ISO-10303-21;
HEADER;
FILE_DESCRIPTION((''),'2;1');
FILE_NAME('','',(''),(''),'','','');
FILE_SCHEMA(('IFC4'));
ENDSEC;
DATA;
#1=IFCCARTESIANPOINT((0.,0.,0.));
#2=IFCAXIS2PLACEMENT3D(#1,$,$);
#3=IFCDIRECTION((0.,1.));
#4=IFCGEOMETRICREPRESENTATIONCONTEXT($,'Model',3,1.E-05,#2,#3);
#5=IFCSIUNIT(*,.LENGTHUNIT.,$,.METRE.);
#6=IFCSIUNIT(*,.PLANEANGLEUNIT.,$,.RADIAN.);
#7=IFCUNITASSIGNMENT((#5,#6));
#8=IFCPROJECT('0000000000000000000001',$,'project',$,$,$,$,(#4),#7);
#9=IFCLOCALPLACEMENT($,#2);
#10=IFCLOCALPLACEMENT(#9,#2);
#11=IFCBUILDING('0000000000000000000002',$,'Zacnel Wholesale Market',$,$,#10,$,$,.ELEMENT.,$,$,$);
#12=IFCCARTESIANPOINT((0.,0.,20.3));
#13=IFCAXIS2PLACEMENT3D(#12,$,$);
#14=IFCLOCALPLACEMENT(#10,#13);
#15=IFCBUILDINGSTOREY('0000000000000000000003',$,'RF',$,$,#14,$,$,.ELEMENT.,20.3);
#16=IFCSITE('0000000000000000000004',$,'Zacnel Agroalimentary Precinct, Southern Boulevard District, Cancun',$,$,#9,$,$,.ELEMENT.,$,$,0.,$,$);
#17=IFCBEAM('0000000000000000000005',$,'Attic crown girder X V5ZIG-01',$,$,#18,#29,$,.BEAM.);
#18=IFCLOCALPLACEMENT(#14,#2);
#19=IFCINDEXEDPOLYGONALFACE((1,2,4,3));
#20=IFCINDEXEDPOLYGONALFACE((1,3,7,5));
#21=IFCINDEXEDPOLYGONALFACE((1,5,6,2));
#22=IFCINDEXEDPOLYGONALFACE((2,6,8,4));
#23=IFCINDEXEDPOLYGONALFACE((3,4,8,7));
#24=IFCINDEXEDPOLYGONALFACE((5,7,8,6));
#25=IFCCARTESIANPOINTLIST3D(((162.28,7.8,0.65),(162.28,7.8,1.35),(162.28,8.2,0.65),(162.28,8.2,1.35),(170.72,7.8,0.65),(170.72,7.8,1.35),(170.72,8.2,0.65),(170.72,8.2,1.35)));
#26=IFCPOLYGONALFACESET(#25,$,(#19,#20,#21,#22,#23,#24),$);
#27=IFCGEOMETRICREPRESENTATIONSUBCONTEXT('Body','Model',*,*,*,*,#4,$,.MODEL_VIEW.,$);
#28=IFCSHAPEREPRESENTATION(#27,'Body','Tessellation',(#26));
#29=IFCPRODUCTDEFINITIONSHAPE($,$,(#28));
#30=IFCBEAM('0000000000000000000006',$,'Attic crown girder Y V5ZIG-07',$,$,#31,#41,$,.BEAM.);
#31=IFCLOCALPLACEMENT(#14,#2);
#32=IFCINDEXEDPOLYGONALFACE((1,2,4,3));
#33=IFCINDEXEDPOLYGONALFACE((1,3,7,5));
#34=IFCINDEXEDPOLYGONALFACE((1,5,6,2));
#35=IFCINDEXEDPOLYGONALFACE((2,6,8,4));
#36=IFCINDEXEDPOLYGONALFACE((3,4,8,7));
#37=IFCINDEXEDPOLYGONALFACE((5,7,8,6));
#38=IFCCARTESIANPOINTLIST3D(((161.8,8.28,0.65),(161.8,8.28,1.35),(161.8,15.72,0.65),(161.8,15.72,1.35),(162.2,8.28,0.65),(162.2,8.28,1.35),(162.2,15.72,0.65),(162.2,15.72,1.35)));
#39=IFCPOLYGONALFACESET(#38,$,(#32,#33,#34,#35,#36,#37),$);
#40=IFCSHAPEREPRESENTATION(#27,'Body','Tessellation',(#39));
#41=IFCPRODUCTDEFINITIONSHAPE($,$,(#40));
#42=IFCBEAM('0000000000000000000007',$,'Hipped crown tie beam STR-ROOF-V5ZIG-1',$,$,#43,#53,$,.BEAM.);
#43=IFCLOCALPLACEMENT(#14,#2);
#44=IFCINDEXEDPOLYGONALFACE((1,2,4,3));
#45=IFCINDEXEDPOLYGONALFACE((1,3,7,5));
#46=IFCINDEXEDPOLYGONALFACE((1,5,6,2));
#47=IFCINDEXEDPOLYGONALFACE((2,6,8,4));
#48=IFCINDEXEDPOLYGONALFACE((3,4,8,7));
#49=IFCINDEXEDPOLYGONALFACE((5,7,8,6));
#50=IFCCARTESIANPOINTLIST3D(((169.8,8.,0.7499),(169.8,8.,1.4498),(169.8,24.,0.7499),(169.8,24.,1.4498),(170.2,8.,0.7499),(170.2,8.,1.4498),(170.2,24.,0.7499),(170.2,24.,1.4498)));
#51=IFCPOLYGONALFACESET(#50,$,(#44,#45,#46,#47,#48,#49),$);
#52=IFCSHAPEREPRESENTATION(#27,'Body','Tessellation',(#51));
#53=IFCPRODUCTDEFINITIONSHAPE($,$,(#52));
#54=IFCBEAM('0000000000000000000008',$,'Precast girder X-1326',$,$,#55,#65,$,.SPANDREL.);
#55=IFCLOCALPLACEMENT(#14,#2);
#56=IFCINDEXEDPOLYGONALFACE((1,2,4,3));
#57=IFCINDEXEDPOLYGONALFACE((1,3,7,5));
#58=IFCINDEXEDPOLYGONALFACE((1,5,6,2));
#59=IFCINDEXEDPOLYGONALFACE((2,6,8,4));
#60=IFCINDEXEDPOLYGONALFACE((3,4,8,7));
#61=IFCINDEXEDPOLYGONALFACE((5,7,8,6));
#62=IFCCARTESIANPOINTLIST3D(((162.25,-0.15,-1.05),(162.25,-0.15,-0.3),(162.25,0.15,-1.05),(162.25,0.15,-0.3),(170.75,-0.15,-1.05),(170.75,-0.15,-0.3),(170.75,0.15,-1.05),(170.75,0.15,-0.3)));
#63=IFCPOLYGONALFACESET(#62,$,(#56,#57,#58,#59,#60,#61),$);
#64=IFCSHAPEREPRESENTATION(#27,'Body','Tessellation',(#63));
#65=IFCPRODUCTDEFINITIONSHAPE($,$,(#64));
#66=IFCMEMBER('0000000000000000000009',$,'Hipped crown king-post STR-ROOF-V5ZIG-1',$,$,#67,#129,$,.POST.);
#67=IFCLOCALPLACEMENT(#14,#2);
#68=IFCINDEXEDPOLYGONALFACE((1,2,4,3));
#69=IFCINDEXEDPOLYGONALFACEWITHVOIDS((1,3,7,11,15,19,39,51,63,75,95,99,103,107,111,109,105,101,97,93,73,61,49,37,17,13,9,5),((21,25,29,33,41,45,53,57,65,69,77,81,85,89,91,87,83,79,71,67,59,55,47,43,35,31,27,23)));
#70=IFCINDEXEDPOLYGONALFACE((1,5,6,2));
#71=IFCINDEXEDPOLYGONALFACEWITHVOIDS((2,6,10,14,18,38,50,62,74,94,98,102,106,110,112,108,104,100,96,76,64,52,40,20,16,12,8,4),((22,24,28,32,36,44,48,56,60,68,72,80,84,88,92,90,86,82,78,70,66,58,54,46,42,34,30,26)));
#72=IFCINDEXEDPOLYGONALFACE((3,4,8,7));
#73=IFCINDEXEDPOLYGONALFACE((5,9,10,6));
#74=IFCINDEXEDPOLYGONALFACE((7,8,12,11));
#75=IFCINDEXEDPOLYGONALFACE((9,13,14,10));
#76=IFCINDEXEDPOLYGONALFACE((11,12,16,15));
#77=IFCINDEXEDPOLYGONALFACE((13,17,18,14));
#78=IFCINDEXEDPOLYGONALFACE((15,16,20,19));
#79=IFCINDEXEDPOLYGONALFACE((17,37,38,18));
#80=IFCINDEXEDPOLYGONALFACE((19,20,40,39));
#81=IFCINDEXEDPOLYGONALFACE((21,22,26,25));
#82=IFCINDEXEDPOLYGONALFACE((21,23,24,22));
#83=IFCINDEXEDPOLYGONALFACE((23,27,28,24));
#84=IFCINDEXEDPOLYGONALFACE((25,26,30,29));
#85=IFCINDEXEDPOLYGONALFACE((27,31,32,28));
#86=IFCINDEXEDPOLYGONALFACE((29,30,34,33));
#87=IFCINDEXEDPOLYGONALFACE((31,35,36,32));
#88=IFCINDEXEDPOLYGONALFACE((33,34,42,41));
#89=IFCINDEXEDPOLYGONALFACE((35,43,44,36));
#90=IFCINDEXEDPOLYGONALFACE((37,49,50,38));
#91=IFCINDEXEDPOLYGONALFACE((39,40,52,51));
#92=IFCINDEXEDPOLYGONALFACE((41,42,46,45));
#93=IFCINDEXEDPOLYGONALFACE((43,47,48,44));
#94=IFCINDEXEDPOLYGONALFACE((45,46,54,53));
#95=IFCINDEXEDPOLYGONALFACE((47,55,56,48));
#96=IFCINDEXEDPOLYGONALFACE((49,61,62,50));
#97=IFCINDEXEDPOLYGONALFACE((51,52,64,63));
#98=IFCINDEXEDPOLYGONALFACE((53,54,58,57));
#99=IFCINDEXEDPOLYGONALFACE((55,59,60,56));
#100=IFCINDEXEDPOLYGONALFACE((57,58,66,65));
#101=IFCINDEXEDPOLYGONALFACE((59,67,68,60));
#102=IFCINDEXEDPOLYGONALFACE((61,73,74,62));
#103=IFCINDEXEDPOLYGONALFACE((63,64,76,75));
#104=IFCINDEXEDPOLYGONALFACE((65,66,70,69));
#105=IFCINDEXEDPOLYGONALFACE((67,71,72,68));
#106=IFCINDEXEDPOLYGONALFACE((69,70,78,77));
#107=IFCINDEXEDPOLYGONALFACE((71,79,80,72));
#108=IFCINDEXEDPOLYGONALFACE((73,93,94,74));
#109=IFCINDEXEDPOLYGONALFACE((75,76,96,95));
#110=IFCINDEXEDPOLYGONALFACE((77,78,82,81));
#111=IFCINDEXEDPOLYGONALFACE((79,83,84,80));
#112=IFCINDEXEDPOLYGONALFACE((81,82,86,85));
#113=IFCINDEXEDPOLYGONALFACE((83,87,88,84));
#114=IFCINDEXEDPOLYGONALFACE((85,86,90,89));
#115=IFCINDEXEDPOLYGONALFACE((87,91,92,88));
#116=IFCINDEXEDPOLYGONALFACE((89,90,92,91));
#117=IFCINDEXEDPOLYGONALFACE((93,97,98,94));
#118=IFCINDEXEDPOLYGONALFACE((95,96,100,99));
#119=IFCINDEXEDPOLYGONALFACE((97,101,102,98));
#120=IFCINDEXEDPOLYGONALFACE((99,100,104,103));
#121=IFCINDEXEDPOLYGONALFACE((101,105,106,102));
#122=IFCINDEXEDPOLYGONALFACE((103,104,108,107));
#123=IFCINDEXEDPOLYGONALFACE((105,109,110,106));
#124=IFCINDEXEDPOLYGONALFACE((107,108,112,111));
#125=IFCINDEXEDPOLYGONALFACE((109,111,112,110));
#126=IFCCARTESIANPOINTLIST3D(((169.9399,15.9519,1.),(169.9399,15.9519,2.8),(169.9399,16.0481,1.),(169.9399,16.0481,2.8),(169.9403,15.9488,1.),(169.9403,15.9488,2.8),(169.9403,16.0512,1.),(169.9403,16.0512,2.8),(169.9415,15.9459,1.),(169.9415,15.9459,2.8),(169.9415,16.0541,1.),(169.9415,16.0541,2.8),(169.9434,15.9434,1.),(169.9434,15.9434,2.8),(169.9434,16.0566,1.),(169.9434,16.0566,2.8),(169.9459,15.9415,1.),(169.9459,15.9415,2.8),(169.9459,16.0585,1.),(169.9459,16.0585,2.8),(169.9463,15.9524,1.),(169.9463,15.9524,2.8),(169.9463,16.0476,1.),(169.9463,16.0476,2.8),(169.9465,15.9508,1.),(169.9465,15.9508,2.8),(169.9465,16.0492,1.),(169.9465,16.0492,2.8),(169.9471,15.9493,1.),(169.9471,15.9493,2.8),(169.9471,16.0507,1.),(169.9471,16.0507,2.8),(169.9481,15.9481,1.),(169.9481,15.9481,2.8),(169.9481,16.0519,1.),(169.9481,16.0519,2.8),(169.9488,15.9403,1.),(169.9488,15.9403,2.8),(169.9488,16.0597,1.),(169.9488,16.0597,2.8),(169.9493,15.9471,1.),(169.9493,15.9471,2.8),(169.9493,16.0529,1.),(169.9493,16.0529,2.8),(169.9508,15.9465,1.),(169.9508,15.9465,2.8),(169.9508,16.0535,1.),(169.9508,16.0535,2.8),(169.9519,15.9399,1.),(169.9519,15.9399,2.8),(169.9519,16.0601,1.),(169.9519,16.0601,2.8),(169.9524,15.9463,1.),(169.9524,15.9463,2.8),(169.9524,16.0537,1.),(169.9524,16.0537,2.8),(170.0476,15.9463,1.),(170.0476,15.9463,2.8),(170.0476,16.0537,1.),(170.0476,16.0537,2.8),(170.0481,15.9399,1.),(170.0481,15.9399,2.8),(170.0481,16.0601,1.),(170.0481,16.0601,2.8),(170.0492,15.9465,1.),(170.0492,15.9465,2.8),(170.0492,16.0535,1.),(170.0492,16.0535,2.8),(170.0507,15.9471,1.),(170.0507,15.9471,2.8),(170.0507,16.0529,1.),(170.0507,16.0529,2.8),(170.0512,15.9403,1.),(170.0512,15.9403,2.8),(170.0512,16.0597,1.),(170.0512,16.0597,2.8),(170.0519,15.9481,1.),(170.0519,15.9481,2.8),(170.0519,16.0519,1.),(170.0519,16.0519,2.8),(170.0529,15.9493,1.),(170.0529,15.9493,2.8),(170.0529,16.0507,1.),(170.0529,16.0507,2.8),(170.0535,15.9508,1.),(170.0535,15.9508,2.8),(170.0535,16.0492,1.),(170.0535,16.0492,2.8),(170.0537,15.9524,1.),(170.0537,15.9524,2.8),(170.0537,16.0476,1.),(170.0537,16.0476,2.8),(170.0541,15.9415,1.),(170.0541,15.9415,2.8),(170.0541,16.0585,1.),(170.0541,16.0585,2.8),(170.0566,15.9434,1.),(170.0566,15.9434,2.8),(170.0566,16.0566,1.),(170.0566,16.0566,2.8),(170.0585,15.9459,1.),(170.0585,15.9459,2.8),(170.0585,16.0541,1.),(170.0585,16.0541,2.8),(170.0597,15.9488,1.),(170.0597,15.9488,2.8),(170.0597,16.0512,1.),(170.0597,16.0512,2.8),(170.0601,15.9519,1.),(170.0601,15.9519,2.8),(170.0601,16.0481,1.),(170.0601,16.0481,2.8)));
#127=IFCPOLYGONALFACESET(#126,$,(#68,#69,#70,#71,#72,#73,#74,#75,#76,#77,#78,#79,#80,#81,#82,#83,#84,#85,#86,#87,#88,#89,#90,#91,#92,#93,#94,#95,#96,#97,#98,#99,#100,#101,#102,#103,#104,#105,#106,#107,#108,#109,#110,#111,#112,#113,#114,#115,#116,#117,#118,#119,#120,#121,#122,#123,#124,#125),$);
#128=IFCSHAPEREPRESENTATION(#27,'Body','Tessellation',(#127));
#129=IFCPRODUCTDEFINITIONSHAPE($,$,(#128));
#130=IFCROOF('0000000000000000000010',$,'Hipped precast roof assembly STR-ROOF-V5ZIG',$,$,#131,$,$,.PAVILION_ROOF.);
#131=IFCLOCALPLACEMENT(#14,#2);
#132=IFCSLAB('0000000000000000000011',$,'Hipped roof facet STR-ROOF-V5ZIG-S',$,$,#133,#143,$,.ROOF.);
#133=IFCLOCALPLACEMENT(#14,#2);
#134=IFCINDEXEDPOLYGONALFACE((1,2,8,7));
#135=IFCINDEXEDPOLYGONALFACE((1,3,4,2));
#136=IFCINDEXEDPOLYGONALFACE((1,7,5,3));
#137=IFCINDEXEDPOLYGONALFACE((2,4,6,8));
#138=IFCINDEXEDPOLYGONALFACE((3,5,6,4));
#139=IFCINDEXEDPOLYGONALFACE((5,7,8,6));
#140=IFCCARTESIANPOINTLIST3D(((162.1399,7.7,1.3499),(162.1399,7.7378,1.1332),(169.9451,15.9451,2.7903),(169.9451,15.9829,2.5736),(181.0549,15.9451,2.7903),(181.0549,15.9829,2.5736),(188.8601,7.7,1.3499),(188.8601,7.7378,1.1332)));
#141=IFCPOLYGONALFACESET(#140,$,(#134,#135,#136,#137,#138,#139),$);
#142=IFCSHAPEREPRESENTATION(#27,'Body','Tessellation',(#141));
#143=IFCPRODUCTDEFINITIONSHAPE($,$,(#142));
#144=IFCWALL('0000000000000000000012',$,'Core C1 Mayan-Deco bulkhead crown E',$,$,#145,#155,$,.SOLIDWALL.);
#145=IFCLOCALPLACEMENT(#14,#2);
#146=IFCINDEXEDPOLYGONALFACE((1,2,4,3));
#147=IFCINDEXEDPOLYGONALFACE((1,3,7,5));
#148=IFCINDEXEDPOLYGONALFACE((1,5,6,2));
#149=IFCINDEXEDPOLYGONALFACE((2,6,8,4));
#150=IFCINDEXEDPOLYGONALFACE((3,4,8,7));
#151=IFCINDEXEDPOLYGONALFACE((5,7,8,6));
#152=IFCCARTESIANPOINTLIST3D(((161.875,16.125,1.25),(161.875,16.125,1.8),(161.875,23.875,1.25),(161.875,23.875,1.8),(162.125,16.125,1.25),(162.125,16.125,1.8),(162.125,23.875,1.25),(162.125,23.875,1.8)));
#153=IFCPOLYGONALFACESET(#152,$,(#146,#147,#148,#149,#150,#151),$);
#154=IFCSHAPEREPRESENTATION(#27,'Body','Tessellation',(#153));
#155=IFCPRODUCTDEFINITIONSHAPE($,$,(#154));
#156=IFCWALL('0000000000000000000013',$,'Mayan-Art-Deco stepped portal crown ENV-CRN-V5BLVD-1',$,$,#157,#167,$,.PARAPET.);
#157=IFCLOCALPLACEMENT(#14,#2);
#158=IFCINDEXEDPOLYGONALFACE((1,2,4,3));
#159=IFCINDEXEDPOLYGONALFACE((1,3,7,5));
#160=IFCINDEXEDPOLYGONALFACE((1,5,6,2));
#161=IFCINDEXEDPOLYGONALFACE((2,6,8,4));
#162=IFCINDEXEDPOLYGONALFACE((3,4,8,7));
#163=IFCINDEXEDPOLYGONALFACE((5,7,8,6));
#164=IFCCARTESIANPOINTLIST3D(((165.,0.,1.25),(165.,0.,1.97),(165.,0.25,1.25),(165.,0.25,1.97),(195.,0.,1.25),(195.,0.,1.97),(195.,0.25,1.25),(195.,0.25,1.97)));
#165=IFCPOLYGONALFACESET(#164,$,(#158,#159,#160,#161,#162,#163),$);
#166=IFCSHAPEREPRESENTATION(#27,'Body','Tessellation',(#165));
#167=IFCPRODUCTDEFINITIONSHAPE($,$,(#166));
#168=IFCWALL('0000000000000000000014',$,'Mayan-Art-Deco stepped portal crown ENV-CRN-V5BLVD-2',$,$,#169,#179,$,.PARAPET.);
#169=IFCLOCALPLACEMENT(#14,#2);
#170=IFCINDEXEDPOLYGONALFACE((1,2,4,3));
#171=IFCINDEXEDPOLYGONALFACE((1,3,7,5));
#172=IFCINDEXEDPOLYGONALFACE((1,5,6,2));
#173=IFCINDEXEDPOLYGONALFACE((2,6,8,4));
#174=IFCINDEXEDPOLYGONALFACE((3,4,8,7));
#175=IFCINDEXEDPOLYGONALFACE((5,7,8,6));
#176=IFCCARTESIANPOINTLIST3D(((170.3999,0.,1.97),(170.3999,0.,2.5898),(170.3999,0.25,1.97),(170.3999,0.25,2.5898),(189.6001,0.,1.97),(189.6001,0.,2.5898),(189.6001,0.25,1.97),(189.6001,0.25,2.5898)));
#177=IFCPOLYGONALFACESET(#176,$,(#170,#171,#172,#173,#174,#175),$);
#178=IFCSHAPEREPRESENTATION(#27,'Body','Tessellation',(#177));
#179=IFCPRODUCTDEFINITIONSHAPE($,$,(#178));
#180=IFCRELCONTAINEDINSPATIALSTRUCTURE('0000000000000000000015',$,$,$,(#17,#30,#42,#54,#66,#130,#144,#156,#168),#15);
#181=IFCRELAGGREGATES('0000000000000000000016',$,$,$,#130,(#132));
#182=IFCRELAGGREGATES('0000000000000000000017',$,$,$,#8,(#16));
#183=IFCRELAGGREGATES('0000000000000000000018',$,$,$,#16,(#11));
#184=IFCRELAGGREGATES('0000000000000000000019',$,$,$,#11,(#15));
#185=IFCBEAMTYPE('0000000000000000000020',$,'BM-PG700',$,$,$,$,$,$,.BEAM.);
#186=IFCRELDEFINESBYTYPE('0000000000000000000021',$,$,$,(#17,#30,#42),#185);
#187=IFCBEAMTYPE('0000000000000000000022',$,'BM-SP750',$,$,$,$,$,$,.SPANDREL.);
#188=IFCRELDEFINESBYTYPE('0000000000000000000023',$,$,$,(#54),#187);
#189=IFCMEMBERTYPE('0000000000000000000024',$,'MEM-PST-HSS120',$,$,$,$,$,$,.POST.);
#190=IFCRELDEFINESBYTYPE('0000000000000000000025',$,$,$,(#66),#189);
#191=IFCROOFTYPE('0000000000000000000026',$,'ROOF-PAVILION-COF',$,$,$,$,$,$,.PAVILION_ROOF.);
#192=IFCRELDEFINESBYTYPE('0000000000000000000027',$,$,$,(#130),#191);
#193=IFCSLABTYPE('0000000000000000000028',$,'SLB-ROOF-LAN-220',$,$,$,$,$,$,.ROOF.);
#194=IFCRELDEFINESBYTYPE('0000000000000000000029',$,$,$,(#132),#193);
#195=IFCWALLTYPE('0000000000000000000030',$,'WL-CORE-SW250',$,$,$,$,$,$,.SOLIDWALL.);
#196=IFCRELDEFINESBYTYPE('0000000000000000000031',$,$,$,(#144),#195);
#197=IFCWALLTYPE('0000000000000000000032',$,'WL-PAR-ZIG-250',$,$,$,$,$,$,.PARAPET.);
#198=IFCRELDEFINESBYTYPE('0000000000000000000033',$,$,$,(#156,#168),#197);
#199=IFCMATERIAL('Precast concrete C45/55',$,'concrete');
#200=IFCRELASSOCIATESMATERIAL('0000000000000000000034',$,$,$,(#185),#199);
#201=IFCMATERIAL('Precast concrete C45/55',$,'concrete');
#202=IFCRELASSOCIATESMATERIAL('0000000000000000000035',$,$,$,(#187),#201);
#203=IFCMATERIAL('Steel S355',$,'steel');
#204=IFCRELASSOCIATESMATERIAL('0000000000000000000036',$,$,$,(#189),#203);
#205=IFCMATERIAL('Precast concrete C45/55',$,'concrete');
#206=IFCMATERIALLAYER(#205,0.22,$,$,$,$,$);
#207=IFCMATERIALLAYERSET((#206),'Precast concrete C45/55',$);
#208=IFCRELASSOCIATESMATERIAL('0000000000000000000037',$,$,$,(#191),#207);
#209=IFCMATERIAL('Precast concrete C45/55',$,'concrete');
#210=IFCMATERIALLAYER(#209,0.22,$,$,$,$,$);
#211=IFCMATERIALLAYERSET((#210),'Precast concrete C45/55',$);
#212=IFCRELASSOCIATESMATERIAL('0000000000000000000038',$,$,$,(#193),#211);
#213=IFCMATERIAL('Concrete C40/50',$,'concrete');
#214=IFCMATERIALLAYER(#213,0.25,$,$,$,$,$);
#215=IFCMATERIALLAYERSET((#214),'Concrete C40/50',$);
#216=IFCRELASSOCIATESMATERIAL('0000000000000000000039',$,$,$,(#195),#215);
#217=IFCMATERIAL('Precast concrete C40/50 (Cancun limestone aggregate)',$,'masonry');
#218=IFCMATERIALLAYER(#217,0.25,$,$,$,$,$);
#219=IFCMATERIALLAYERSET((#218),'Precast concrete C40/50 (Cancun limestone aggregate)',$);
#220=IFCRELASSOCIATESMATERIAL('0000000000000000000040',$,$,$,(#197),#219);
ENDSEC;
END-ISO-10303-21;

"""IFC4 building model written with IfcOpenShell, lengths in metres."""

from ifc_helpers import new_model, si_unit, direction, frame, frame_2d, origin, origin_2d, place, context, subcontext, project, spatial, polyline, rectangle, hollow_rectangle, outline, extrude, material, layer, layer_set, material_profile, profile_set, type_object, element, aggregate, save


model = new_model("IFC4")

# Units and contexts
model_context = context("Model", 3, precision=1e-05, world=origin(), true_north=direction((0.0, 1.0)))
body_context = subcontext(model_context, "Body", "Model", "MODEL_VIEW")
ifc_project = project(units=[si_unit("LENGTHUNIT", "METRE"), si_unit("PLANEANGLEUNIT", "RADIAN")], contexts=[model_context])

# Site, building, storey
site_placement = place(None, origin())
site = spatial("IfcSite", under=ifc_project, at=site_placement, Name="Zacnel Agroalimentary Precinct, Southern Boulevard District, Cancun", CompositionType="ELEMENT", RefElevation=0.0)
building_placement = place(site_placement, origin())
building = spatial("IfcBuilding", under=site, at=building_placement, Name="Zacnel Wholesale Market", CompositionType="ELEMENT")
storey_placement = place(building_placement, frame((0.0, 0.0, 20.3)))
storey = spatial("IfcBuildingStorey", under=building, at=storey_placement, Name="RF", CompositionType="ELEMENT", Elevation=20.3)

# Beams
ifc_material_1 = material(Name="Precast concrete C45/55", Category="concrete")
ifc_material_profile_1 = material_profile(ifc_material_1, rectangle(XDim=0.3999, YDim=0.7, at=origin_2d()), Name="PG 400x700")
ifc_profile_set_1 = profile_set([ifc_material_profile_1], Name="Precast concrete C45/55")
beam_type_1 = type_object("IfcBeamType", Name="BM-PG700", PredefinedType="BEAM", material=ifc_profile_set_1)
beam_1_placement = place(storey_placement, frame((162.28, 8.0, 1.0), z_axis=(1.0, 0.0, 0.0), x_axis=(0.0, 1.0, 0.0)))
element("IfcBeam", 1, at=beam_1_placement, inside=storey, type_object=beam_type_1, Name="Attic crown girder X V5ZIG-01", PredefinedType="BEAM", context=body_context, shape_type="SweptSolid", body=[
    extrude(rectangle(XDim=0.3999, YDim=0.7, at=origin_2d()), origin(), (0.0, 0.0, 1.0), 8.4399),
])
beam_2_placement = place(storey_placement, frame((162.0, 8.28, 1.0), z_axis=(0.0, 1.0, 0.0), x_axis=(-1.0, 0.0, 0.0)))
element("IfcBeam", 2, at=beam_2_placement, inside=storey, type_object=beam_type_1, Name="Attic crown girder Y V5ZIG-07", PredefinedType="BEAM", context=body_context, shape_type="SweptSolid", body=[
    extrude(rectangle(XDim=0.3999, YDim=0.7, at=origin_2d()), origin(), (0.0, 0.0, 1.0), 7.4399),
])
beam_3_placement = place(storey_placement, frame((170.0, 8.0, 1.0999), z_axis=(0.0, 1.0, 0.0), x_axis=(-1.0, 0.0, 0.0)))
element("IfcBeam", 3, at=beam_3_placement, inside=storey, type_object=beam_type_1, Name="Hipped crown tie beam STR-ROOF-V5ZIG-1", PredefinedType="BEAM", context=body_context, shape_type="SweptSolid", body=[
    extrude(rectangle(XDim=0.3999, YDim=0.7, at=origin_2d()), origin(), (0.0, 0.0, 1.0), 16.0),
])
ifc_material_2 = material(Name="Precast concrete C45/55", Category="concrete")
ifc_material_profile_2 = material_profile(ifc_material_2, rectangle(XDim=0.3, YDim=0.75, at=origin_2d()), Name="SP 300x750")
ifc_profile_set_2 = profile_set([ifc_material_profile_2], Name="Precast concrete C45/55")
beam_type_2 = type_object("IfcBeamType", Name="BM-SP750", PredefinedType="SPANDREL", material=ifc_profile_set_2)
beam_4_placement = place(storey_placement, frame((162.25, 0.0, -0.675), z_axis=(1.0, 0.0, 0.0), x_axis=(0.0, 1.0, 0.0)))
element("IfcBeam", 4, at=beam_4_placement, inside=storey, type_object=beam_type_2, Name="Precast girder X-1326", PredefinedType="SPANDREL", context=body_context, shape_type="SweptSolid", body=[
    extrude(rectangle(XDim=0.3, YDim=0.75, at=origin_2d()), origin(), (0.0, 0.0, 1.0), 8.5),
])

# Member
ifc_material_3 = material(Name="Steel S355", Category="steel")
ifc_material_profile_3 = material_profile(ifc_material_3, hollow_rectangle(XDim=0.1201, YDim=0.1201, WallThickness=0.0063, InnerFilletRadius=0.0061, OuterFilletRadius=0.012, at=origin_2d()), Name="HSS 120x120x6.3")
ifc_profile_set_3 = profile_set([ifc_material_profile_3], Name="Steel S355")
member_type = type_object("IfcMemberType", Name="MEM-PST-HSS120", PredefinedType="POST", material=ifc_profile_set_3)
member_placement = place(storey_placement, frame((170.0, 16.0, 1.0), z_axis=(0.0, 0.0, 1.0), x_axis=(1.0, 0.0, 0.0)))
element("IfcMember", 5, at=member_placement, inside=storey, type_object=member_type, Name="Hipped crown king-post STR-ROOF-V5ZIG-1", PredefinedType="POST", context=body_context, shape_type="SweptSolid", body=[
    extrude(hollow_rectangle(XDim=0.1201, YDim=0.1201, WallThickness=0.0063, InnerFilletRadius=0.0061, OuterFilletRadius=0.012, at=origin_2d()), origin(), (0.0, 0.0, 1.0), 1.8),
])

# Roof, slab
ifc_material_4 = material(Name="Precast concrete C45/55", Category="concrete")
ifc_layer_1 = layer(ifc_material_4, 0.22)
ifc_layer_set_1 = layer_set([ifc_layer_1], Name="Precast concrete C45/55")
roof_type = type_object("IfcRoofType", Name="ROOF-PAVILION-COF", PredefinedType="PAVILION_ROOF", material=ifc_layer_set_1)
roof_placement = place(storey_placement, origin())
roof = element("IfcRoof", 6, at=roof_placement, inside=storey, type_object=roof_type, Name="Hipped precast roof assembly STR-ROOF-V5ZIG", PredefinedType="PAVILION_ROOF")
ifc_material_5 = material(Name="Precast concrete C45/55", Category="concrete")
ifc_layer_2 = layer(ifc_material_5, 0.22)
ifc_layer_set_2 = layer_set([ifc_layer_2], Name="Precast concrete C45/55")
slab_type = type_object("IfcSlabType", Name="SLB-ROOF-LAN-220", PredefinedType="ROOF", material=ifc_layer_set_2)
slab_placement = place(storey_placement, frame((162.1399, 7.7, 1.3499), z_axis=(0.0, -0.172094, 0.98508), x_axis=(1.0, 0.0, 0.0)))
slab = element("IfcSlab", 7, at=slab_placement, type_object=slab_type, Name="Hipped roof facet STR-ROOF-V5ZIG-S", PredefinedType="ROOF", context=body_context, shape_type="SweptSolid", body=[
    extrude(outline(polyline([(0.0, 0.0), (26.7202, 0.0), (18.915, 8.37), (7.8052, 8.37), (0.0, 0.0)])), origin(), (0.0, 0.0, -1.0), 0.22),
])
aggregate(roof, [slab])

# Walls
ifc_material_6 = material(Name="Concrete C40/50", Category="concrete")
ifc_layer_3 = layer(ifc_material_6, 0.25)
ifc_layer_set_3 = layer_set([ifc_layer_3], Name="Concrete C40/50")
wall_type_1 = type_object("IfcWallType", Name="WL-CORE-SW250", PredefinedType="SOLIDWALL", material=ifc_layer_set_3)
wall_1_placement = place(storey_placement, frame((162.0, 16.125, 1.25), z_axis=(0.0, 0.0, 1.0), x_axis=(0.0, 1.0, 0.0)))
element("IfcWall", 8, at=wall_1_placement, inside=storey, type_object=wall_type_1, Name="Core C1 Mayan-Deco bulkhead crown E", PredefinedType="SOLIDWALL", context=body_context, shape_type="SweptSolid", body=[
    extrude(rectangle(XDim=7.75, YDim=0.25, at=frame_2d((3.875, 0.0))), origin(), (0.0, 0.0, 1.0), 0.55),
])
ifc_material_7 = material(Name="Precast concrete C40/50 (Cancun limestone aggregate)", Category="masonry")
ifc_layer_4 = layer(ifc_material_7, 0.25)
ifc_layer_set_4 = layer_set([ifc_layer_4], Name="Precast concrete C40/50 (Cancun limestone aggregate)")
wall_type_2 = type_object("IfcWallType", Name="WL-PAR-ZIG-250", PredefinedType="PARAPET", material=ifc_layer_set_4)
wall_2_placement = place(storey_placement, frame((165.0, 0.125, 1.25), z_axis=(0.0, 0.0, 1.0), x_axis=(1.0, 0.0, 0.0)))
element("IfcWall", 9, at=wall_2_placement, inside=storey, type_object=wall_type_2, Name="Mayan-Art-Deco stepped portal crown ENV-CRN-V5BLVD-1", PredefinedType="PARAPET", context=body_context, shape_type="SweptSolid", body=[
    extrude(rectangle(XDim=30.0, YDim=0.25, at=frame_2d((15.0, 0.0))), origin(), (0.0, 0.0, 1.0), 0.72),
])
wall_3_placement = place(storey_placement, frame((170.3999, 0.125, 1.97), z_axis=(0.0, 0.0, 1.0), x_axis=(1.0, 0.0, 0.0)))
element("IfcWall", 10, at=wall_3_placement, inside=storey, type_object=wall_type_2, Name="Mayan-Art-Deco stepped portal crown ENV-CRN-V5BLVD-2", PredefinedType="PARAPET", context=body_context, shape_type="SweptSolid", body=[
    extrude(rectangle(XDim=19.2002, YDim=0.25, at=frame_2d((9.6001, 0.0))), origin(), (0.0, 0.0, 1.0), 0.6199),
])

save(model, "model.ifc")
